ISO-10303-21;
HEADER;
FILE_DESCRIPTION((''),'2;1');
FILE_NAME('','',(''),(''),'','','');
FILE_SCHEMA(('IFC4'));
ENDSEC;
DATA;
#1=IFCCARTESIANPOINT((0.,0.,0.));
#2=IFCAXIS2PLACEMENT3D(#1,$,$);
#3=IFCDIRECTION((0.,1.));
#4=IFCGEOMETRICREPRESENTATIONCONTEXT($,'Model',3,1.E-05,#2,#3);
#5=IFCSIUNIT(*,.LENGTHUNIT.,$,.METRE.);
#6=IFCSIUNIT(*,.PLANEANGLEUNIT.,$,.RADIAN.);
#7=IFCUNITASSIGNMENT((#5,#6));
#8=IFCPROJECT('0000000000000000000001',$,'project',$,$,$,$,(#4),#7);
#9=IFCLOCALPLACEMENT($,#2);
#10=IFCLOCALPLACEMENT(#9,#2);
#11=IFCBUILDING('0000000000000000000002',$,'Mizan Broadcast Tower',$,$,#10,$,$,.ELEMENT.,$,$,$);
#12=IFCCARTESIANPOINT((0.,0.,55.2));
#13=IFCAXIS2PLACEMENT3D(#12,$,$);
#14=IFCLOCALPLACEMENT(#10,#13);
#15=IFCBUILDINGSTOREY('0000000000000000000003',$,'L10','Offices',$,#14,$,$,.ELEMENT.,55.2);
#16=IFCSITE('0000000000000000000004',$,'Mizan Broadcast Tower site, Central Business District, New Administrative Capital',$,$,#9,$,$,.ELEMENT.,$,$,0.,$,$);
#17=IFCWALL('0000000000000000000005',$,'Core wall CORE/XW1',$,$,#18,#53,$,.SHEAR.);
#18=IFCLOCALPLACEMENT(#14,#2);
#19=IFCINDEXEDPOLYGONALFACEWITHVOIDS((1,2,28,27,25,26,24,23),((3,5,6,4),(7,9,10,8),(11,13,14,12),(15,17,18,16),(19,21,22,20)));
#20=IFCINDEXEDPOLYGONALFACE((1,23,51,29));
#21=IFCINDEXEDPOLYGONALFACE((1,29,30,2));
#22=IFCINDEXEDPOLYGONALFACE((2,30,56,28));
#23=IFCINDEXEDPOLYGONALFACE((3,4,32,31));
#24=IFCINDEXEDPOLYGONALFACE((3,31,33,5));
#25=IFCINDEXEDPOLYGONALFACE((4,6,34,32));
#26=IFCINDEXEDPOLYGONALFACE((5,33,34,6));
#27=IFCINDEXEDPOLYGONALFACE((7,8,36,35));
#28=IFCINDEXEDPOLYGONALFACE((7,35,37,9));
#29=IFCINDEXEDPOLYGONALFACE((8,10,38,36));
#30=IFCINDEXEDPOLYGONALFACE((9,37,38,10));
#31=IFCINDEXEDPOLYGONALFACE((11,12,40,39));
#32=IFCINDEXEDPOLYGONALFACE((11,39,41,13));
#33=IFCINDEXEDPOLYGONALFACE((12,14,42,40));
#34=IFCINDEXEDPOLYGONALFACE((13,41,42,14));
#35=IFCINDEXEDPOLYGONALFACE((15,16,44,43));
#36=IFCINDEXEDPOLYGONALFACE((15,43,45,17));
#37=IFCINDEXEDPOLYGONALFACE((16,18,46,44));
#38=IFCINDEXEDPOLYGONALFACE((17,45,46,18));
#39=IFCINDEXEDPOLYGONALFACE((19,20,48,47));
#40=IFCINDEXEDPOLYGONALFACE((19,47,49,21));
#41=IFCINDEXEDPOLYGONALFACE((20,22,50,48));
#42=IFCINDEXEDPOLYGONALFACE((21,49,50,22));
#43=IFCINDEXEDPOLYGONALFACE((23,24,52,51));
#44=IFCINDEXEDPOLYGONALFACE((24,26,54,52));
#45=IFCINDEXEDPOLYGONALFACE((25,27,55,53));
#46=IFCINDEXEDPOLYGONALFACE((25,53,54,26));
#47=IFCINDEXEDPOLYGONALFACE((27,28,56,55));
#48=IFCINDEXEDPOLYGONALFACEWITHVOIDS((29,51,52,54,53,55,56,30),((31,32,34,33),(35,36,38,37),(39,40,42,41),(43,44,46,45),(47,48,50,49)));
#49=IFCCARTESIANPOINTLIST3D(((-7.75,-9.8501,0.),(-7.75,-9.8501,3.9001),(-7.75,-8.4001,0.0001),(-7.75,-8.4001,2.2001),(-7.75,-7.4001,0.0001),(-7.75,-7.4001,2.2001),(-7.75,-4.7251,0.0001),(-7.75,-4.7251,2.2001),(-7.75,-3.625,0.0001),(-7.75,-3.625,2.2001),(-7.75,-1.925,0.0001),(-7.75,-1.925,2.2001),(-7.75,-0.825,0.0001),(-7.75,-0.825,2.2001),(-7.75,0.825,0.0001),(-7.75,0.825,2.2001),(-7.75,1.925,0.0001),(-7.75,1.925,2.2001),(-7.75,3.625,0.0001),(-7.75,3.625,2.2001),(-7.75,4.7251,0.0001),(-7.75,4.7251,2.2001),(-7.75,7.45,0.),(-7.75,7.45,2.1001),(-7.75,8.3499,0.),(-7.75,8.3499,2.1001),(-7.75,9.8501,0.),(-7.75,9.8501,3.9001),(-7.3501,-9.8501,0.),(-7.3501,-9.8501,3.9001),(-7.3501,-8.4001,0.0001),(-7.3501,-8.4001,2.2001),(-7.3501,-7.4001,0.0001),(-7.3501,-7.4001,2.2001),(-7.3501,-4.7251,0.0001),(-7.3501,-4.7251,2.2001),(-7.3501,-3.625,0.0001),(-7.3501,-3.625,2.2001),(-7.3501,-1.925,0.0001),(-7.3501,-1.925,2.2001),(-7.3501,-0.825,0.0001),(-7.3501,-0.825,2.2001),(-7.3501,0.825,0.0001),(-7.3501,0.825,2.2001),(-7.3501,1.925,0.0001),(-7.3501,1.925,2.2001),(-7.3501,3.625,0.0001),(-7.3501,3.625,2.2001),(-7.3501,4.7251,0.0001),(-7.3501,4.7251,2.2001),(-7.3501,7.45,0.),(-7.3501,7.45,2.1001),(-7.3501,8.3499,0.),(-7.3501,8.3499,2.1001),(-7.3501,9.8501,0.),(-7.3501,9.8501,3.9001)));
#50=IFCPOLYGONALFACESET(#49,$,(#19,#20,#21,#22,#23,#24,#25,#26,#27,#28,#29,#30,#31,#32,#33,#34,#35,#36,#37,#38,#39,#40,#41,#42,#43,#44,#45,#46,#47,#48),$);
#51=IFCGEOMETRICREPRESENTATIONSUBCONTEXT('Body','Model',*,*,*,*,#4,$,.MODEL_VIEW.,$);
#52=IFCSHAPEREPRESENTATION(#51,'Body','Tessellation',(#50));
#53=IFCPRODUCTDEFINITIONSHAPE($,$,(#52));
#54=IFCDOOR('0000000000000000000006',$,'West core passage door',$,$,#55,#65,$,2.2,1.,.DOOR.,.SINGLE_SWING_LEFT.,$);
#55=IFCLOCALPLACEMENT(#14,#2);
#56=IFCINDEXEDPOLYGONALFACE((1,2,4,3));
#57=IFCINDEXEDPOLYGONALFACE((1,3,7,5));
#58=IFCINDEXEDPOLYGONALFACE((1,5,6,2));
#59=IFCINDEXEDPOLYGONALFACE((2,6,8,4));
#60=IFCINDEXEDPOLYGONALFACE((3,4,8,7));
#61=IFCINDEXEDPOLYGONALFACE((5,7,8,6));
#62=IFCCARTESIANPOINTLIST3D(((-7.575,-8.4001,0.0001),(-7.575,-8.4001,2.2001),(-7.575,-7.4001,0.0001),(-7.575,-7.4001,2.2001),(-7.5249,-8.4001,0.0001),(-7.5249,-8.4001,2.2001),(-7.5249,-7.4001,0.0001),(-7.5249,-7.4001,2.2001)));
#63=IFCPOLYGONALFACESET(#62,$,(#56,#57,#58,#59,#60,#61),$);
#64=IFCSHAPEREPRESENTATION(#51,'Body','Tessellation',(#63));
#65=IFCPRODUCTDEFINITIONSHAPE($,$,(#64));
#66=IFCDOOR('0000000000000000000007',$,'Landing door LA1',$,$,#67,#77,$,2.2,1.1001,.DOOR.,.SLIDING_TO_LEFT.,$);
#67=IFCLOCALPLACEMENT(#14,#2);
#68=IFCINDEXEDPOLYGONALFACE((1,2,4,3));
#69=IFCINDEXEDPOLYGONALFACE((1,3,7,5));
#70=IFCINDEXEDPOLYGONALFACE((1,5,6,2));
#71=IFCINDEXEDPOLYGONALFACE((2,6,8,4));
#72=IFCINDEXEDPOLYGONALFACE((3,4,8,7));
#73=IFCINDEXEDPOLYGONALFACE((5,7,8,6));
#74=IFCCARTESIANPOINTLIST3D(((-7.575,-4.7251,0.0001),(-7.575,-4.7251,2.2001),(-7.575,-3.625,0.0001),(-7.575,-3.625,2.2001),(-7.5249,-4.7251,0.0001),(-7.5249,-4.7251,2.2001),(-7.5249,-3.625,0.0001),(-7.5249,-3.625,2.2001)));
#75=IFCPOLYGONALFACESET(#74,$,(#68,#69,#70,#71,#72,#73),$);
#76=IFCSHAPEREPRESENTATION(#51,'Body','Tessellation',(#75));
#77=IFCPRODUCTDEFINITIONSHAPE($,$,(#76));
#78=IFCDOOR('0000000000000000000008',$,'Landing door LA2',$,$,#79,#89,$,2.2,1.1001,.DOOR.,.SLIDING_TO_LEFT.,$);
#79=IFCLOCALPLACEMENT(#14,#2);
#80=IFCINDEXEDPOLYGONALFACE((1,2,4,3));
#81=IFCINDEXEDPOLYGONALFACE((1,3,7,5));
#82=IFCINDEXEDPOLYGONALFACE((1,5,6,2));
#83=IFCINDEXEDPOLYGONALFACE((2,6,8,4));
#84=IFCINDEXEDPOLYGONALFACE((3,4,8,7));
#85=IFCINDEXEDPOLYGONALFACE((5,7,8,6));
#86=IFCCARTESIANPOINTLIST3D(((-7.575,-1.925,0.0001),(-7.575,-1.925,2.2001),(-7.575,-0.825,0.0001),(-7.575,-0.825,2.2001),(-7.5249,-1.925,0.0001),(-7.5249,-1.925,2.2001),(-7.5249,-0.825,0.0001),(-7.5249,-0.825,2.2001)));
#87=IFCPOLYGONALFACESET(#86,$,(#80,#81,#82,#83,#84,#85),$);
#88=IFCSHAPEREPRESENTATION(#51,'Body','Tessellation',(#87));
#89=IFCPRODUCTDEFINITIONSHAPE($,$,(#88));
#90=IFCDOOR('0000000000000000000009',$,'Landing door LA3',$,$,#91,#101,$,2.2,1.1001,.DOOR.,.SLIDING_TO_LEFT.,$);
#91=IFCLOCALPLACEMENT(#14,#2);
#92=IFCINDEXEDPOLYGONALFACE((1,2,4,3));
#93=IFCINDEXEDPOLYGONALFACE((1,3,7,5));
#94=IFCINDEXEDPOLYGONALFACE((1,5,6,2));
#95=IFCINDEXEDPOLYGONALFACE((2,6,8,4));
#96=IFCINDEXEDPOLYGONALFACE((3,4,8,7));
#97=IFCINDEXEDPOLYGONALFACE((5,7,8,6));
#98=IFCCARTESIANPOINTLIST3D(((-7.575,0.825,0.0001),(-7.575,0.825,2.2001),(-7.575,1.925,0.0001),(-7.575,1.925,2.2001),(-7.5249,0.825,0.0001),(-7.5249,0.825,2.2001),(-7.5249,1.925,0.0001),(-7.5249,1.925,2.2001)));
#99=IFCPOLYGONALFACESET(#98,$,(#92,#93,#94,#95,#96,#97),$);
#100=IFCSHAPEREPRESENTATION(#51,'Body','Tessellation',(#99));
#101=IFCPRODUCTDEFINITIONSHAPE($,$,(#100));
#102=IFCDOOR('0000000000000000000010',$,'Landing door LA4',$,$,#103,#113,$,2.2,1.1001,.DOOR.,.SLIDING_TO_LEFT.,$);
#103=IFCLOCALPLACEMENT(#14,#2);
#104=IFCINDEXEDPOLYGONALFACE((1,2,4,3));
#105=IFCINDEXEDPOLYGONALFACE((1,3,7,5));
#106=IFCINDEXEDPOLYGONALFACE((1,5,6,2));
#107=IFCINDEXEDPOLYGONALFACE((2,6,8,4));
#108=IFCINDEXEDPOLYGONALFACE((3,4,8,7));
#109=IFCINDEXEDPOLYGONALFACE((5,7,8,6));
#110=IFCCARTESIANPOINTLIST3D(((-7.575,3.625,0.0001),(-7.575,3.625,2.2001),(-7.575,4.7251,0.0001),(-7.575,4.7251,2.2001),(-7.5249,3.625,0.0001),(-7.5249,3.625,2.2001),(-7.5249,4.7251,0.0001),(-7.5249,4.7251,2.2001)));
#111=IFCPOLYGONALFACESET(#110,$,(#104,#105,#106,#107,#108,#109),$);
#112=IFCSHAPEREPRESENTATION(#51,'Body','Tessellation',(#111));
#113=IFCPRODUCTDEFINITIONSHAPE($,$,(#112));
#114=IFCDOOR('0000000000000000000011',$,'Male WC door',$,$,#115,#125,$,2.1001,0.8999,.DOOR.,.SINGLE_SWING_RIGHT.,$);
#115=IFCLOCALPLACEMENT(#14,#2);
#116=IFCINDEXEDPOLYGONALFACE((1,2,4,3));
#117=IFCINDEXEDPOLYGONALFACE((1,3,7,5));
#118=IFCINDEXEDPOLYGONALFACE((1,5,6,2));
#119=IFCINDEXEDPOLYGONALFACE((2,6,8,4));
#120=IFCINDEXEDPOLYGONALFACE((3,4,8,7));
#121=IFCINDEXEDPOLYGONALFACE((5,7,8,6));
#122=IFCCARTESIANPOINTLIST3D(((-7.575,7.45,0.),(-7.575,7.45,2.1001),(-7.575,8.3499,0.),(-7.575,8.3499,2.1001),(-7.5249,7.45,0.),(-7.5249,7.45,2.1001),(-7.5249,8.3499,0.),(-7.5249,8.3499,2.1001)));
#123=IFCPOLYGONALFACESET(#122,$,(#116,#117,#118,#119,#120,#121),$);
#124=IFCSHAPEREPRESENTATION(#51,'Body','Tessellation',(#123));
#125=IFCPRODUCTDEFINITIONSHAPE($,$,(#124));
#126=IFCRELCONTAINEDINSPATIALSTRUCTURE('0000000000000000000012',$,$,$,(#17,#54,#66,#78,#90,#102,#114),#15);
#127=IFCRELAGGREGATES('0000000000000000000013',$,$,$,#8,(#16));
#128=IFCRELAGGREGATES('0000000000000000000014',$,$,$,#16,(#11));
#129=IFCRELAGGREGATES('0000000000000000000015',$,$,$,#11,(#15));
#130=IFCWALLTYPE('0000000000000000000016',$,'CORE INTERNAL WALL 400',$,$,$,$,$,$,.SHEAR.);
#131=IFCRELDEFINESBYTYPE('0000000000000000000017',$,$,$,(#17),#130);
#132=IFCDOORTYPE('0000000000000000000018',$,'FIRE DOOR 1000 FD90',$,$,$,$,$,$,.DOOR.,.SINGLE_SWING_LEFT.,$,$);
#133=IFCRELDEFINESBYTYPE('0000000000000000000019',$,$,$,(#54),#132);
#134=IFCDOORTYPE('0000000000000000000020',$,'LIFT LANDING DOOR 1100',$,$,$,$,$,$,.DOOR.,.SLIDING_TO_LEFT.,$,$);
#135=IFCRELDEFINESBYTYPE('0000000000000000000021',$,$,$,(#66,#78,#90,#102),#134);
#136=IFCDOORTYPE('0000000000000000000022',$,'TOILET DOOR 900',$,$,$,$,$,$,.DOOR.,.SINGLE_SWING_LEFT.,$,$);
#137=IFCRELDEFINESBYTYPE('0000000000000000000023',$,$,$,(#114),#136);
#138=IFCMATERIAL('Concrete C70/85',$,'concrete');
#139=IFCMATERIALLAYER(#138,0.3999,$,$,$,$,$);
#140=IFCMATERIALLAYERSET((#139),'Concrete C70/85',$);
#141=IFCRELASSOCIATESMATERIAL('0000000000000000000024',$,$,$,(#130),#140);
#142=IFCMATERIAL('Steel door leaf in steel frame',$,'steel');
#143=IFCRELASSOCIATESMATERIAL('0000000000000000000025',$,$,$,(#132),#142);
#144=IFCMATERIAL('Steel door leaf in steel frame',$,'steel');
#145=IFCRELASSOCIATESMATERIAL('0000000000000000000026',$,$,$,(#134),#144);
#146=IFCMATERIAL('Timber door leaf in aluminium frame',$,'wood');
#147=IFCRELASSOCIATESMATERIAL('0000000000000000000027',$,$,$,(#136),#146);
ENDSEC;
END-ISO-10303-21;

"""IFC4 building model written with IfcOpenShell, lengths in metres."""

from ifc_helpers import new_model, si_unit, direction, frame, frame_2d, origin, place, context, subcontext, project, spatial, rectangle, extrude, material, layer, layer_set, type_object, element, fill, save


model = new_model("IFC4")

# Units and contexts
model_context = context("Model", 3, precision=1e-05, world=origin(), true_north=direction((0.0, 1.0)))
body_context = subcontext(model_context, "Body", "Model", "MODEL_VIEW")
ifc_project = project(units=[si_unit("LENGTHUNIT", "METRE"), si_unit("PLANEANGLEUNIT", "RADIAN")], contexts=[model_context])

# Site, building, storey
site_placement = place(None, origin())
site = spatial("IfcSite", under=ifc_project, at=site_placement, Name="Mizan Broadcast Tower site, Central Business District, New Administrative Capital", CompositionType="ELEMENT", RefElevation=0.0)
building_placement = place(site_placement, origin())
building = spatial("IfcBuilding", under=site, at=building_placement, Name="Mizan Broadcast Tower", CompositionType="ELEMENT")
storey_placement = place(building_placement, frame((0.0, 0.0, 55.2)))
storey = spatial("IfcBuildingStorey", under=building, at=storey_placement, Name="L10", Description="Offices", CompositionType="ELEMENT", Elevation=55.2)

# Wall, openings, doors
ifc_material_1 = material(Name="Concrete C70/85", Category="concrete")
ifc_layer_1 = layer(ifc_material_1, 0.3999)
ifc_layer_set_1 = layer_set([ifc_layer_1], Name="Concrete C70/85")
wall_type_1 = type_object("IfcWallType", Name="CORE INTERNAL WALL 400", PredefinedType="SHEAR", material=ifc_layer_set_1)
wall_1_placement = place(storey_placement, frame((-7.55, -9.8501, 0.0), z_axis=(0.0, 0.0, 1.0), x_axis=(0.0, 1.0, 0.0)))
wall_1 = element("IfcWall", 1, at=wall_1_placement, inside=storey, type_object=wall_type_1, Name="Core wall CORE/XW1", PredefinedType="SHEAR", context=body_context, shape_type="SweptSolid", body=[
    extrude(rectangle(XDim=19.7002, YDim=0.3999, at=frame_2d((9.8501, 0.0))), origin(), (0.0, 0.0, 1.0), 3.9001),
])
opening_1_placement = place(wall_1_placement, frame((1.45, 0.0, 0.0)))
opening_1 = element("IfcOpeningElement", 2, at=opening_1_placement, cuts=wall_1, PredefinedType="OPENING", context=body_context, shape_type="SweptSolid", body=[
    extrude(rectangle(XDim=1.0, YDim=2.2, at=frame_2d((0.5, 1.1001))), frame((0.0, 0.21, 0.0), z_axis=(0.0, -1.0, 0.0), x_axis=(1.0, 0.0, 0.0)), (0.0, 0.0, 1.0), 0.4199),
])
opening_2_placement = place(wall_1_placement, frame((17.3, 0.0, 0.0)))
opening_2 = element("IfcOpeningElement", 3, at=opening_2_placement, cuts=wall_1, PredefinedType="OPENING", context=body_context, shape_type="SweptSolid", body=[
    extrude(rectangle(XDim=0.8999, YDim=2.1001, at=frame_2d((0.45, 1.05))), frame((0.0, 0.21, 0.0), z_axis=(0.0, -1.0, 0.0), x_axis=(1.0, 0.0, 0.0)), (0.0, 0.0, 1.0), 0.4199),
])
opening_3_placement = place(wall_1_placement, frame((5.125, 0.0, 0.0)))
opening_3 = element("IfcOpeningElement", 4, at=opening_3_placement, cuts=wall_1, PredefinedType="OPENING", context=body_context, shape_type="SweptSolid", body=[
    extrude(rectangle(XDim=1.1001, YDim=2.2, at=frame_2d((0.55, 1.1001))), frame((0.0, 0.21, 0.0), z_axis=(0.0, -1.0, 0.0), x_axis=(1.0, 0.0, 0.0)), (0.0, 0.0, 1.0), 0.4199),
])
opening_4_placement = place(wall_1_placement, frame((7.925, 0.0, 0.0)))
opening_4 = element("IfcOpeningElement", 5, at=opening_4_placement, cuts=wall_1, PredefinedType="OPENING", context=body_context, shape_type="SweptSolid", body=[
    extrude(rectangle(XDim=1.1001, YDim=2.2, at=frame_2d((0.55, 1.1001))), frame((0.0, 0.21, 0.0), z_axis=(0.0, -1.0, 0.0), x_axis=(1.0, 0.0, 0.0)), (0.0, 0.0, 1.0), 0.4199),
])
opening_5_placement = place(wall_1_placement, frame((10.675, 0.0, 0.0)))
opening_5 = element("IfcOpeningElement", 6, at=opening_5_placement, cuts=wall_1, PredefinedType="OPENING", context=body_context, shape_type="SweptSolid", body=[
    extrude(rectangle(XDim=1.1001, YDim=2.2, at=frame_2d((0.55, 1.1001))), frame((0.0, 0.21, 0.0), z_axis=(0.0, -1.0, 0.0), x_axis=(1.0, 0.0, 0.0)), (0.0, 0.0, 1.0), 0.4199),
])
opening_6_placement = place(wall_1_placement, frame((13.4751, 0.0, 0.0)))
opening_6 = element("IfcOpeningElement", 7, at=opening_6_placement, cuts=wall_1, PredefinedType="OPENING", context=body_context, shape_type="SweptSolid", body=[
    extrude(rectangle(XDim=1.1001, YDim=2.2, at=frame_2d((0.55, 1.1001))), frame((0.0, 0.21, 0.0), z_axis=(0.0, -1.0, 0.0), x_axis=(1.0, 0.0, 0.0)), (0.0, 0.0, 1.0), 0.4199),
])
ifc_material_2 = material(Name="Steel door leaf in steel frame", Category="steel")
door_type_1 = type_object("IfcDoorType", Name="FIRE DOOR 1000 FD90", OperationType="SINGLE_SWING_LEFT", PredefinedType="DOOR", material=ifc_material_2)
door_1_placement = place(opening_1_placement, origin())
door_1 = element("IfcDoor", 8, at=door_1_placement, inside=storey, type_object=door_type_1, Name="West core passage door", OperationType="SINGLE_SWING_LEFT", OverallHeight=2.2, OverallWidth=1.0, PredefinedType="DOOR", context=body_context, shape_type="SweptSolid", body=[
    extrude(rectangle(XDim=1.0, YDim=2.2, at=frame_2d((0.5, 1.1001))), frame((0.0, 0.0249, 0.0), z_axis=(0.0, -1.0, 0.0), x_axis=(1.0, 0.0, 0.0)), (0.0, 0.0, 1.0), 0.05),
])
fill(opening_1, door_1)
ifc_material_3 = material(Name="Steel door leaf in steel frame", Category="steel")
door_type_2 = type_object("IfcDoorType", Name="LIFT LANDING DOOR 1100", OperationType="SLIDING_TO_LEFT", PredefinedType="DOOR", material=ifc_material_3)
door_2_placement = place(opening_3_placement, origin())
door_2 = element("IfcDoor", 9, at=door_2_placement, inside=storey, type_object=door_type_2, Name="Landing door LA1", OperationType="SLIDING_TO_LEFT", OverallHeight=2.2, OverallWidth=1.1001, PredefinedType="DOOR", context=body_context, shape_type="SweptSolid", body=[
    extrude(rectangle(XDim=1.1001, YDim=2.2, at=frame_2d((0.55, 1.1001))), frame((0.0, 0.0249, 0.0), z_axis=(0.0, -1.0, 0.0), x_axis=(1.0, 0.0, 0.0)), (0.0, 0.0, 1.0), 0.05),
])
fill(opening_3, door_2)
door_3_placement = place(opening_4_placement, origin())
door_3 = element("IfcDoor", 10, at=door_3_placement, inside=storey, type_object=door_type_2, Name="Landing door LA2", OperationType="SLIDING_TO_LEFT", OverallHeight=2.2, OverallWidth=1.1001, PredefinedType="DOOR", context=body_context, shape_type="SweptSolid", body=[
    extrude(rectangle(XDim=1.1001, YDim=2.2, at=frame_2d((0.55, 1.1001))), frame((0.0, 0.0249, 0.0), z_axis=(0.0, -1.0, 0.0), x_axis=(1.0, 0.0, 0.0)), (0.0, 0.0, 1.0), 0.05),
])
fill(opening_4, door_3)
door_4_placement = place(opening_5_placement, origin())
door_4 = element("IfcDoor", 11, at=door_4_placement, inside=storey, type_object=door_type_2, Name="Landing door LA3", OperationType="SLIDING_TO_LEFT", OverallHeight=2.2, OverallWidth=1.1001, PredefinedType="DOOR", context=body_context, shape_type="SweptSolid", body=[
    extrude(rectangle(XDim=1.1001, YDim=2.2, at=frame_2d((0.55, 1.1001))), frame((0.0, 0.0249, 0.0), z_axis=(0.0, -1.0, 0.0), x_axis=(1.0, 0.0, 0.0)), (0.0, 0.0, 1.0), 0.05),
])
fill(opening_5, door_4)
door_5_placement = place(opening_6_placement, origin())
door_5 = element("IfcDoor", 12, at=door_5_placement, inside=storey, type_object=door_type_2, Name="Landing door LA4", OperationType="SLIDING_TO_LEFT", OverallHeight=2.2, OverallWidth=1.1001, PredefinedType="DOOR", context=body_context, shape_type="SweptSolid", body=[
    extrude(rectangle(XDim=1.1001, YDim=2.2, at=frame_2d((0.55, 1.1001))), frame((0.0, 0.0249, 0.0), z_axis=(0.0, -1.0, 0.0), x_axis=(1.0, 0.0, 0.0)), (0.0, 0.0, 1.0), 0.05),
])
fill(opening_6, door_5)
ifc_material_4 = material(Name="Timber door leaf in aluminium frame", Category="wood")
door_type_3 = type_object("IfcDoorType", Name="TOILET DOOR 900", OperationType="SINGLE_SWING_LEFT", PredefinedType="DOOR", material=ifc_material_4)
door_6_placement = place(opening_2_placement, origin())
door_6 = element("IfcDoor", 13, at=door_6_placement, inside=storey, type_object=door_type_3, Name="Male WC door", OperationType="SINGLE_SWING_RIGHT", OverallHeight=2.1001, OverallWidth=0.8999, PredefinedType="DOOR", context=body_context, shape_type="SweptSolid", body=[
    extrude(rectangle(XDim=0.8999, YDim=2.1001, at=frame_2d((0.45, 1.05))), frame((0.0, 0.0249, 0.0), z_axis=(0.0, -1.0, 0.0), x_axis=(1.0, 0.0, 0.0)), (0.0, 0.0, 1.0), 0.05),
])
fill(opening_2, door_6)

save(model, "model.ifc")
